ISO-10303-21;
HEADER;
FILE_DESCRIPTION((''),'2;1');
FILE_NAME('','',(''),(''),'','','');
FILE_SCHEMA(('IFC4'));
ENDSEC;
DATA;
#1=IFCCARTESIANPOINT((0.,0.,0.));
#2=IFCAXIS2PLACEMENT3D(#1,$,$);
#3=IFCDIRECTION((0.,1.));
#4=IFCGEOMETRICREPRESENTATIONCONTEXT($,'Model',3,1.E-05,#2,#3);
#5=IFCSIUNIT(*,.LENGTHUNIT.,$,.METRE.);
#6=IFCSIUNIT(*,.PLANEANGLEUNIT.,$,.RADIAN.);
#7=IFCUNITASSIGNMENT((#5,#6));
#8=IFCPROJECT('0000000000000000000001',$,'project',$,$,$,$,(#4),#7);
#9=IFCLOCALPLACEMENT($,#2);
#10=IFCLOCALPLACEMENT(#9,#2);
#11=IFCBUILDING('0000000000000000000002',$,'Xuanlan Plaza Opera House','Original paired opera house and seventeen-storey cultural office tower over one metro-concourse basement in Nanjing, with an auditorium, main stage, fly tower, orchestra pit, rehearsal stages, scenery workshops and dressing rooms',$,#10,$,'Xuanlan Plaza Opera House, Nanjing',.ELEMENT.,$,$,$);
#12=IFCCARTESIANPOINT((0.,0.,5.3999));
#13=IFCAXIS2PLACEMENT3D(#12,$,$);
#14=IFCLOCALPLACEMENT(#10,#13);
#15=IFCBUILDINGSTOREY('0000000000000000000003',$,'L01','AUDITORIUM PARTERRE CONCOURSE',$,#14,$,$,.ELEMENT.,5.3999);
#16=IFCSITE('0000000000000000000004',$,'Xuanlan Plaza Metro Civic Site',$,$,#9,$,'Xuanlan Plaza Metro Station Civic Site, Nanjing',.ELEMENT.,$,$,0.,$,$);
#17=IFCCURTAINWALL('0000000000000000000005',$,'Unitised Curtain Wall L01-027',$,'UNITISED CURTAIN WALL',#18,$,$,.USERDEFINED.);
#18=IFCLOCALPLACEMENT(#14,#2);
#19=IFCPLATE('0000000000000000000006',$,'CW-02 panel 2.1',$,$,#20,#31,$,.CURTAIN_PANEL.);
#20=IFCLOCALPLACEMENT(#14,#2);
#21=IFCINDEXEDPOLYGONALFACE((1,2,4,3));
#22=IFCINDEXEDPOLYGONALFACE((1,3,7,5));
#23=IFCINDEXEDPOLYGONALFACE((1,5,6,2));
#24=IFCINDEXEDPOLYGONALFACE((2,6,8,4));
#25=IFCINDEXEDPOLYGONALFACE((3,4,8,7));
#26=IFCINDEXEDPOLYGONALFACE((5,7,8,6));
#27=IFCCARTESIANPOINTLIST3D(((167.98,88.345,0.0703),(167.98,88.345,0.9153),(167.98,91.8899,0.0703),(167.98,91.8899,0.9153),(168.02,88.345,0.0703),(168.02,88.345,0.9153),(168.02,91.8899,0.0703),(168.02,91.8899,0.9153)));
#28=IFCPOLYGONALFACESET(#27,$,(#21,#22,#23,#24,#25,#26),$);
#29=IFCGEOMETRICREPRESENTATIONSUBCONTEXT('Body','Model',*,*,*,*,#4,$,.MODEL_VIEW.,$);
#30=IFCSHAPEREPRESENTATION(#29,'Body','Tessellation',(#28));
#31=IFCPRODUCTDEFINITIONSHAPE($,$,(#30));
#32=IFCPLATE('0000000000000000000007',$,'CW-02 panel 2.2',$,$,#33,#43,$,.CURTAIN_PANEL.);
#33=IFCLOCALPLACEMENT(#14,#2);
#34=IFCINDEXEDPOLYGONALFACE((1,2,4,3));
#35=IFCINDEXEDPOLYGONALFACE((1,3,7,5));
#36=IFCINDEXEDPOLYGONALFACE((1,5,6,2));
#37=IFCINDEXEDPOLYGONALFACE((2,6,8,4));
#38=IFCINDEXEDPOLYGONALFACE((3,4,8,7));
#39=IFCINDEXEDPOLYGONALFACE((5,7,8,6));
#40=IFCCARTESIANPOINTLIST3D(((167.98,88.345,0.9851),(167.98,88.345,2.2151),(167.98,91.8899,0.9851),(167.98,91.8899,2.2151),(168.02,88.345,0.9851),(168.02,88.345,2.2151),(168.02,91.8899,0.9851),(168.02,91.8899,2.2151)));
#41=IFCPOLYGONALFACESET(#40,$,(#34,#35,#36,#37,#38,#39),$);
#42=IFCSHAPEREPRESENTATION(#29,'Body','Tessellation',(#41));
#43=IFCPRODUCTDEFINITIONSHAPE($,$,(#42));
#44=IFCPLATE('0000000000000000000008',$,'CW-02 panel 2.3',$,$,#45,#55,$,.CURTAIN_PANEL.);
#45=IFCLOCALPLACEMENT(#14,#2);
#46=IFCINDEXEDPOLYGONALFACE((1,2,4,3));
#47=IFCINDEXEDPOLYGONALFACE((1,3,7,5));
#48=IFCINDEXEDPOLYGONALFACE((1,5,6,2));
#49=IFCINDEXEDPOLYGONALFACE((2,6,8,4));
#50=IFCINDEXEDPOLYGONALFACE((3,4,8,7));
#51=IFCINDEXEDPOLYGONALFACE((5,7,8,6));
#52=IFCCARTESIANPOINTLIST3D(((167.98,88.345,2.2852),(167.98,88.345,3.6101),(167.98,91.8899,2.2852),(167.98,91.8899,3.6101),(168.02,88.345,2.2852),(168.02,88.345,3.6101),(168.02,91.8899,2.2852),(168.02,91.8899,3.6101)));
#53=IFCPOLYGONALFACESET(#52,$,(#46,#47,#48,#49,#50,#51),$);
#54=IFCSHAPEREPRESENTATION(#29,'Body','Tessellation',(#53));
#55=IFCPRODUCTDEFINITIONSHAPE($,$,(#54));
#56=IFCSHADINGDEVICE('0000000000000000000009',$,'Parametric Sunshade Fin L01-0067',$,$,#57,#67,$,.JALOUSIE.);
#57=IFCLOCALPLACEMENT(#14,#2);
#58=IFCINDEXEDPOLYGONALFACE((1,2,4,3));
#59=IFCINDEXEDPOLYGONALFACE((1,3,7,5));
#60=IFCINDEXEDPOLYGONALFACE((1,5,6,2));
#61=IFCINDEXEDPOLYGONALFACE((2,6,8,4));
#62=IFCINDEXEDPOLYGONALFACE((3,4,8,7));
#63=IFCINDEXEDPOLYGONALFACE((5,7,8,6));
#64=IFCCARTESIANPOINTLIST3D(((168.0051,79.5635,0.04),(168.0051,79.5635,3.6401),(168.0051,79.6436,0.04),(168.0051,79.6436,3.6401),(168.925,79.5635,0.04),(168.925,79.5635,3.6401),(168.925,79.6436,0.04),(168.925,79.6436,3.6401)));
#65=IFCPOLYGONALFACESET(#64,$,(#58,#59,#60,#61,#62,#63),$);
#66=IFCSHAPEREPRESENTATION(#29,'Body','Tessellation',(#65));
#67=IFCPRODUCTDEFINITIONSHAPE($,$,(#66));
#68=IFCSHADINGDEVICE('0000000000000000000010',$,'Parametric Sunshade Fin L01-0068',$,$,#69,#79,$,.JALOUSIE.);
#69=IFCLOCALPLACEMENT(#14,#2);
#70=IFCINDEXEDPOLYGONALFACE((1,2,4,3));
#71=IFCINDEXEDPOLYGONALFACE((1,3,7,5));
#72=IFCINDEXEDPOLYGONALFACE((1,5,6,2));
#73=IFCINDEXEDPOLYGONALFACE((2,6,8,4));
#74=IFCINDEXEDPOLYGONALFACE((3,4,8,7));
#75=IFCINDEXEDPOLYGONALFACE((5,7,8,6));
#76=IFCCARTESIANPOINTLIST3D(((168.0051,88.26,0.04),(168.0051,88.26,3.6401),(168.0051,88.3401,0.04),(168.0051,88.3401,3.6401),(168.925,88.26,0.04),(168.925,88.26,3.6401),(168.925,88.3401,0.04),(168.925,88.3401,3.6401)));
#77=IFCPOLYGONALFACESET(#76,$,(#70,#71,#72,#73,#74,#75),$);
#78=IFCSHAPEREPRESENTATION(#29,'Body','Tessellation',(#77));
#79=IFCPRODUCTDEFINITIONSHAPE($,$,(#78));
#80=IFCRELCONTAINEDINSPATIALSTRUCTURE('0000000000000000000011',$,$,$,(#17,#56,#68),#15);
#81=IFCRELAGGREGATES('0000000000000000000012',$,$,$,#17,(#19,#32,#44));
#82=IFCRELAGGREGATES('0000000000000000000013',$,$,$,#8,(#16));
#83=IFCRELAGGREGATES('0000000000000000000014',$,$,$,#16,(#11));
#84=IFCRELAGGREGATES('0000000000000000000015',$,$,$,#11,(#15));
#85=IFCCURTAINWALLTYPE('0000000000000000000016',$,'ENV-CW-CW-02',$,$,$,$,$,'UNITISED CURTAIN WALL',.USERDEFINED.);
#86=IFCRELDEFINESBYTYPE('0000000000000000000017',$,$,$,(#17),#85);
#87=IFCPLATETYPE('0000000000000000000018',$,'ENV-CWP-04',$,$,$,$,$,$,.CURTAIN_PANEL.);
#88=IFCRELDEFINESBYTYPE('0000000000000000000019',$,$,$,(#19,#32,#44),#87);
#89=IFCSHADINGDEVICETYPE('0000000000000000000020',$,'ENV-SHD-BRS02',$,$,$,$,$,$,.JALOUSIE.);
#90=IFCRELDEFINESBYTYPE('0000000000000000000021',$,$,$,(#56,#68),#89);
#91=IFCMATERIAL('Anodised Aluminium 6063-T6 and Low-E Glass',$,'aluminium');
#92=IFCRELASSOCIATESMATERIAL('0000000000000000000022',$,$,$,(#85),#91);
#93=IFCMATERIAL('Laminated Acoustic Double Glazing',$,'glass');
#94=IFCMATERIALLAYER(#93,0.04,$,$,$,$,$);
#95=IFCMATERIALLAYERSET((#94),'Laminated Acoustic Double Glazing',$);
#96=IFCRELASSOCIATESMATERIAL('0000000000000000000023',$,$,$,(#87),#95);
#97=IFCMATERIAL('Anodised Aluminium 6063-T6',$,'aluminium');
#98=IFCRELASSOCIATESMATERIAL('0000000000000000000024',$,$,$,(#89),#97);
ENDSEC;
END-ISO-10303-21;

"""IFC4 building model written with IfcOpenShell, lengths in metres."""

from ifc_helpers import new_model, si_unit, direction, frame, origin, origin_2d, place, context, subcontext, project, spatial, rectangle, extrude, material, layer, layer_set, type_object, element, aggregate, save


model = new_model("IFC4")

# Units and contexts
model_context = context("Model", 3, precision=1e-05, world=origin(), true_north=direction((0.0, 1.0)))
body_context = subcontext(model_context, "Body", "Model", "MODEL_VIEW")
ifc_project = project(units=[si_unit("LENGTHUNIT", "METRE"), si_unit("PLANEANGLEUNIT", "RADIAN")], contexts=[model_context])

# Site, building, storey
site_placement = place(None, origin())
site = spatial("IfcSite", under=ifc_project, at=site_placement, Name="Xuanlan Plaza Metro Civic Site", LongName="Xuanlan Plaza Metro Station Civic Site, Nanjing", CompositionType="ELEMENT", RefElevation=0.0)
building_placement = place(site_placement, origin())
building = spatial("IfcBuilding", under=site, at=building_placement, Name="Xuanlan Plaza Opera House", Description="Original paired opera house and seventeen-storey cultural office tower over one metro-concourse basement in Nanjing, with an auditorium, main stage, fly tower, orchestra pit, rehearsal stages, scenery workshops and dressing rooms", LongName="Xuanlan Plaza Opera House, Nanjing", CompositionType="ELEMENT")
storey_placement = place(building_placement, frame((0.0, 0.0, 5.3999)))
storey = spatial("IfcBuildingStorey", under=building, at=storey_placement, Name="L01", Description="AUDITORIUM PARTERRE CONCOURSE", CompositionType="ELEMENT", Elevation=5.3999)

# Curtain wall
ifc_material_1 = material(Name="Anodised Aluminium 6063-T6 and Low-E Glass", Category="aluminium")
ifc_material_2 = material(Name="Anodised Aluminium 6063-T6", Category="aluminium")
curtain_wall_type_1 = type_object("IfcCurtainWallType", Name="ENV-CW-CW-02", ElementType="UNITISED CURTAIN WALL", PredefinedType="USERDEFINED", material=ifc_material_1)
curtain_wall_1_placement = place(storey_placement, origin())
curtain_wall_1 = element("IfcCurtainWall", 1, at=curtain_wall_1_placement, inside=storey, type_object=curtain_wall_type_1, Name="Unitised Curtain Wall L01-027", ObjectType="UNITISED CURTAIN WALL", PredefinedType="USERDEFINED")

# Plates
ifc_material_3 = material(Name="Laminated Acoustic Double Glazing", Category="glass")
ifc_layer_1 = layer(ifc_material_3, 0.04)
ifc_layer_set_1 = layer_set([ifc_layer_1], Name="Laminated Acoustic Double Glazing")
plate_type_1 = type_object("IfcPlateType", Name="ENV-CWP-04", PredefinedType="CURTAIN_PANEL", material=ifc_layer_set_1)
plate_1_placement = place(storey_placement, frame((168.0, 90.1174, 0.0703), z_axis=(0.0, 0.0, 1.0), x_axis=(0.0, 1.0, 0.0)))
plate_1 = element("IfcPlate", 2, at=plate_1_placement, type_object=plate_type_1, Name="CW-02 panel 2.1", PredefinedType="CURTAIN_PANEL", context=body_context, shape_type="SweptSolid", body=[
    extrude(rectangle(XDim=3.5449, YDim=0.04, at=origin_2d()), origin(), (0.0, 0.0, 1.0), 0.845),
])
plate_2_placement = place(storey_placement, frame((168.0, 90.1174, 0.9851), z_axis=(0.0, 0.0, 1.0), x_axis=(0.0, 1.0, 0.0)))
plate_2 = element("IfcPlate", 3, at=plate_2_placement, type_object=plate_type_1, Name="CW-02 panel 2.2", PredefinedType="CURTAIN_PANEL", context=body_context, shape_type="SweptSolid", body=[
    extrude(rectangle(XDim=3.5449, YDim=0.04, at=origin_2d()), origin(), (0.0, 0.0, 1.0), 1.23),
])
plate_3_placement = place(storey_placement, frame((168.0, 90.1174, 2.2852), z_axis=(0.0, 0.0, 1.0), x_axis=(0.0, 1.0, 0.0)))
plate_3 = element("IfcPlate", 4, at=plate_3_placement, type_object=plate_type_1, Name="CW-02 panel 2.3", PredefinedType="CURTAIN_PANEL", context=body_context, shape_type="SweptSolid", body=[
    extrude(rectangle(XDim=3.5449, YDim=0.04, at=origin_2d()), origin(), (0.0, 0.0, 1.0), 1.325),
])
aggregate(curtain_wall_1, [plate_1, plate_2, plate_3])

# Shading devices
shading_device_type = type_object("IfcShadingDeviceType", Name="ENV-SHD-BRS02", PredefinedType="JALOUSIE", material=ifc_material_2)
for number, where, z_axis, x_axis, name in (
    (5, (168.4651, 79.6035, 0.04), (0.0, 0.0, 1.0), (1.0, 0.0, 0.0), "Parametric Sunshade Fin L01-0067"),
    (6, (168.4651, 88.3, 0.04), (0.0, 0.0, 1.0), (1.0, 0.0, 0.0), "Parametric Sunshade Fin L01-0068"),
):
    element("IfcShadingDevice", number, at=place(storey_placement, frame(where, z_axis=z_axis, x_axis=x_axis)), inside=storey, type_object=shading_device_type, Name=name, PredefinedType="JALOUSIE", context=body_context, shape_type="SweptSolid", body=[
        extrude(rectangle(XDim=0.9199, YDim=0.0801, at=origin_2d()), origin(), (0.0, 0.0, 1.0), 3.6001),
    ])

save(model, "model.ifc")
